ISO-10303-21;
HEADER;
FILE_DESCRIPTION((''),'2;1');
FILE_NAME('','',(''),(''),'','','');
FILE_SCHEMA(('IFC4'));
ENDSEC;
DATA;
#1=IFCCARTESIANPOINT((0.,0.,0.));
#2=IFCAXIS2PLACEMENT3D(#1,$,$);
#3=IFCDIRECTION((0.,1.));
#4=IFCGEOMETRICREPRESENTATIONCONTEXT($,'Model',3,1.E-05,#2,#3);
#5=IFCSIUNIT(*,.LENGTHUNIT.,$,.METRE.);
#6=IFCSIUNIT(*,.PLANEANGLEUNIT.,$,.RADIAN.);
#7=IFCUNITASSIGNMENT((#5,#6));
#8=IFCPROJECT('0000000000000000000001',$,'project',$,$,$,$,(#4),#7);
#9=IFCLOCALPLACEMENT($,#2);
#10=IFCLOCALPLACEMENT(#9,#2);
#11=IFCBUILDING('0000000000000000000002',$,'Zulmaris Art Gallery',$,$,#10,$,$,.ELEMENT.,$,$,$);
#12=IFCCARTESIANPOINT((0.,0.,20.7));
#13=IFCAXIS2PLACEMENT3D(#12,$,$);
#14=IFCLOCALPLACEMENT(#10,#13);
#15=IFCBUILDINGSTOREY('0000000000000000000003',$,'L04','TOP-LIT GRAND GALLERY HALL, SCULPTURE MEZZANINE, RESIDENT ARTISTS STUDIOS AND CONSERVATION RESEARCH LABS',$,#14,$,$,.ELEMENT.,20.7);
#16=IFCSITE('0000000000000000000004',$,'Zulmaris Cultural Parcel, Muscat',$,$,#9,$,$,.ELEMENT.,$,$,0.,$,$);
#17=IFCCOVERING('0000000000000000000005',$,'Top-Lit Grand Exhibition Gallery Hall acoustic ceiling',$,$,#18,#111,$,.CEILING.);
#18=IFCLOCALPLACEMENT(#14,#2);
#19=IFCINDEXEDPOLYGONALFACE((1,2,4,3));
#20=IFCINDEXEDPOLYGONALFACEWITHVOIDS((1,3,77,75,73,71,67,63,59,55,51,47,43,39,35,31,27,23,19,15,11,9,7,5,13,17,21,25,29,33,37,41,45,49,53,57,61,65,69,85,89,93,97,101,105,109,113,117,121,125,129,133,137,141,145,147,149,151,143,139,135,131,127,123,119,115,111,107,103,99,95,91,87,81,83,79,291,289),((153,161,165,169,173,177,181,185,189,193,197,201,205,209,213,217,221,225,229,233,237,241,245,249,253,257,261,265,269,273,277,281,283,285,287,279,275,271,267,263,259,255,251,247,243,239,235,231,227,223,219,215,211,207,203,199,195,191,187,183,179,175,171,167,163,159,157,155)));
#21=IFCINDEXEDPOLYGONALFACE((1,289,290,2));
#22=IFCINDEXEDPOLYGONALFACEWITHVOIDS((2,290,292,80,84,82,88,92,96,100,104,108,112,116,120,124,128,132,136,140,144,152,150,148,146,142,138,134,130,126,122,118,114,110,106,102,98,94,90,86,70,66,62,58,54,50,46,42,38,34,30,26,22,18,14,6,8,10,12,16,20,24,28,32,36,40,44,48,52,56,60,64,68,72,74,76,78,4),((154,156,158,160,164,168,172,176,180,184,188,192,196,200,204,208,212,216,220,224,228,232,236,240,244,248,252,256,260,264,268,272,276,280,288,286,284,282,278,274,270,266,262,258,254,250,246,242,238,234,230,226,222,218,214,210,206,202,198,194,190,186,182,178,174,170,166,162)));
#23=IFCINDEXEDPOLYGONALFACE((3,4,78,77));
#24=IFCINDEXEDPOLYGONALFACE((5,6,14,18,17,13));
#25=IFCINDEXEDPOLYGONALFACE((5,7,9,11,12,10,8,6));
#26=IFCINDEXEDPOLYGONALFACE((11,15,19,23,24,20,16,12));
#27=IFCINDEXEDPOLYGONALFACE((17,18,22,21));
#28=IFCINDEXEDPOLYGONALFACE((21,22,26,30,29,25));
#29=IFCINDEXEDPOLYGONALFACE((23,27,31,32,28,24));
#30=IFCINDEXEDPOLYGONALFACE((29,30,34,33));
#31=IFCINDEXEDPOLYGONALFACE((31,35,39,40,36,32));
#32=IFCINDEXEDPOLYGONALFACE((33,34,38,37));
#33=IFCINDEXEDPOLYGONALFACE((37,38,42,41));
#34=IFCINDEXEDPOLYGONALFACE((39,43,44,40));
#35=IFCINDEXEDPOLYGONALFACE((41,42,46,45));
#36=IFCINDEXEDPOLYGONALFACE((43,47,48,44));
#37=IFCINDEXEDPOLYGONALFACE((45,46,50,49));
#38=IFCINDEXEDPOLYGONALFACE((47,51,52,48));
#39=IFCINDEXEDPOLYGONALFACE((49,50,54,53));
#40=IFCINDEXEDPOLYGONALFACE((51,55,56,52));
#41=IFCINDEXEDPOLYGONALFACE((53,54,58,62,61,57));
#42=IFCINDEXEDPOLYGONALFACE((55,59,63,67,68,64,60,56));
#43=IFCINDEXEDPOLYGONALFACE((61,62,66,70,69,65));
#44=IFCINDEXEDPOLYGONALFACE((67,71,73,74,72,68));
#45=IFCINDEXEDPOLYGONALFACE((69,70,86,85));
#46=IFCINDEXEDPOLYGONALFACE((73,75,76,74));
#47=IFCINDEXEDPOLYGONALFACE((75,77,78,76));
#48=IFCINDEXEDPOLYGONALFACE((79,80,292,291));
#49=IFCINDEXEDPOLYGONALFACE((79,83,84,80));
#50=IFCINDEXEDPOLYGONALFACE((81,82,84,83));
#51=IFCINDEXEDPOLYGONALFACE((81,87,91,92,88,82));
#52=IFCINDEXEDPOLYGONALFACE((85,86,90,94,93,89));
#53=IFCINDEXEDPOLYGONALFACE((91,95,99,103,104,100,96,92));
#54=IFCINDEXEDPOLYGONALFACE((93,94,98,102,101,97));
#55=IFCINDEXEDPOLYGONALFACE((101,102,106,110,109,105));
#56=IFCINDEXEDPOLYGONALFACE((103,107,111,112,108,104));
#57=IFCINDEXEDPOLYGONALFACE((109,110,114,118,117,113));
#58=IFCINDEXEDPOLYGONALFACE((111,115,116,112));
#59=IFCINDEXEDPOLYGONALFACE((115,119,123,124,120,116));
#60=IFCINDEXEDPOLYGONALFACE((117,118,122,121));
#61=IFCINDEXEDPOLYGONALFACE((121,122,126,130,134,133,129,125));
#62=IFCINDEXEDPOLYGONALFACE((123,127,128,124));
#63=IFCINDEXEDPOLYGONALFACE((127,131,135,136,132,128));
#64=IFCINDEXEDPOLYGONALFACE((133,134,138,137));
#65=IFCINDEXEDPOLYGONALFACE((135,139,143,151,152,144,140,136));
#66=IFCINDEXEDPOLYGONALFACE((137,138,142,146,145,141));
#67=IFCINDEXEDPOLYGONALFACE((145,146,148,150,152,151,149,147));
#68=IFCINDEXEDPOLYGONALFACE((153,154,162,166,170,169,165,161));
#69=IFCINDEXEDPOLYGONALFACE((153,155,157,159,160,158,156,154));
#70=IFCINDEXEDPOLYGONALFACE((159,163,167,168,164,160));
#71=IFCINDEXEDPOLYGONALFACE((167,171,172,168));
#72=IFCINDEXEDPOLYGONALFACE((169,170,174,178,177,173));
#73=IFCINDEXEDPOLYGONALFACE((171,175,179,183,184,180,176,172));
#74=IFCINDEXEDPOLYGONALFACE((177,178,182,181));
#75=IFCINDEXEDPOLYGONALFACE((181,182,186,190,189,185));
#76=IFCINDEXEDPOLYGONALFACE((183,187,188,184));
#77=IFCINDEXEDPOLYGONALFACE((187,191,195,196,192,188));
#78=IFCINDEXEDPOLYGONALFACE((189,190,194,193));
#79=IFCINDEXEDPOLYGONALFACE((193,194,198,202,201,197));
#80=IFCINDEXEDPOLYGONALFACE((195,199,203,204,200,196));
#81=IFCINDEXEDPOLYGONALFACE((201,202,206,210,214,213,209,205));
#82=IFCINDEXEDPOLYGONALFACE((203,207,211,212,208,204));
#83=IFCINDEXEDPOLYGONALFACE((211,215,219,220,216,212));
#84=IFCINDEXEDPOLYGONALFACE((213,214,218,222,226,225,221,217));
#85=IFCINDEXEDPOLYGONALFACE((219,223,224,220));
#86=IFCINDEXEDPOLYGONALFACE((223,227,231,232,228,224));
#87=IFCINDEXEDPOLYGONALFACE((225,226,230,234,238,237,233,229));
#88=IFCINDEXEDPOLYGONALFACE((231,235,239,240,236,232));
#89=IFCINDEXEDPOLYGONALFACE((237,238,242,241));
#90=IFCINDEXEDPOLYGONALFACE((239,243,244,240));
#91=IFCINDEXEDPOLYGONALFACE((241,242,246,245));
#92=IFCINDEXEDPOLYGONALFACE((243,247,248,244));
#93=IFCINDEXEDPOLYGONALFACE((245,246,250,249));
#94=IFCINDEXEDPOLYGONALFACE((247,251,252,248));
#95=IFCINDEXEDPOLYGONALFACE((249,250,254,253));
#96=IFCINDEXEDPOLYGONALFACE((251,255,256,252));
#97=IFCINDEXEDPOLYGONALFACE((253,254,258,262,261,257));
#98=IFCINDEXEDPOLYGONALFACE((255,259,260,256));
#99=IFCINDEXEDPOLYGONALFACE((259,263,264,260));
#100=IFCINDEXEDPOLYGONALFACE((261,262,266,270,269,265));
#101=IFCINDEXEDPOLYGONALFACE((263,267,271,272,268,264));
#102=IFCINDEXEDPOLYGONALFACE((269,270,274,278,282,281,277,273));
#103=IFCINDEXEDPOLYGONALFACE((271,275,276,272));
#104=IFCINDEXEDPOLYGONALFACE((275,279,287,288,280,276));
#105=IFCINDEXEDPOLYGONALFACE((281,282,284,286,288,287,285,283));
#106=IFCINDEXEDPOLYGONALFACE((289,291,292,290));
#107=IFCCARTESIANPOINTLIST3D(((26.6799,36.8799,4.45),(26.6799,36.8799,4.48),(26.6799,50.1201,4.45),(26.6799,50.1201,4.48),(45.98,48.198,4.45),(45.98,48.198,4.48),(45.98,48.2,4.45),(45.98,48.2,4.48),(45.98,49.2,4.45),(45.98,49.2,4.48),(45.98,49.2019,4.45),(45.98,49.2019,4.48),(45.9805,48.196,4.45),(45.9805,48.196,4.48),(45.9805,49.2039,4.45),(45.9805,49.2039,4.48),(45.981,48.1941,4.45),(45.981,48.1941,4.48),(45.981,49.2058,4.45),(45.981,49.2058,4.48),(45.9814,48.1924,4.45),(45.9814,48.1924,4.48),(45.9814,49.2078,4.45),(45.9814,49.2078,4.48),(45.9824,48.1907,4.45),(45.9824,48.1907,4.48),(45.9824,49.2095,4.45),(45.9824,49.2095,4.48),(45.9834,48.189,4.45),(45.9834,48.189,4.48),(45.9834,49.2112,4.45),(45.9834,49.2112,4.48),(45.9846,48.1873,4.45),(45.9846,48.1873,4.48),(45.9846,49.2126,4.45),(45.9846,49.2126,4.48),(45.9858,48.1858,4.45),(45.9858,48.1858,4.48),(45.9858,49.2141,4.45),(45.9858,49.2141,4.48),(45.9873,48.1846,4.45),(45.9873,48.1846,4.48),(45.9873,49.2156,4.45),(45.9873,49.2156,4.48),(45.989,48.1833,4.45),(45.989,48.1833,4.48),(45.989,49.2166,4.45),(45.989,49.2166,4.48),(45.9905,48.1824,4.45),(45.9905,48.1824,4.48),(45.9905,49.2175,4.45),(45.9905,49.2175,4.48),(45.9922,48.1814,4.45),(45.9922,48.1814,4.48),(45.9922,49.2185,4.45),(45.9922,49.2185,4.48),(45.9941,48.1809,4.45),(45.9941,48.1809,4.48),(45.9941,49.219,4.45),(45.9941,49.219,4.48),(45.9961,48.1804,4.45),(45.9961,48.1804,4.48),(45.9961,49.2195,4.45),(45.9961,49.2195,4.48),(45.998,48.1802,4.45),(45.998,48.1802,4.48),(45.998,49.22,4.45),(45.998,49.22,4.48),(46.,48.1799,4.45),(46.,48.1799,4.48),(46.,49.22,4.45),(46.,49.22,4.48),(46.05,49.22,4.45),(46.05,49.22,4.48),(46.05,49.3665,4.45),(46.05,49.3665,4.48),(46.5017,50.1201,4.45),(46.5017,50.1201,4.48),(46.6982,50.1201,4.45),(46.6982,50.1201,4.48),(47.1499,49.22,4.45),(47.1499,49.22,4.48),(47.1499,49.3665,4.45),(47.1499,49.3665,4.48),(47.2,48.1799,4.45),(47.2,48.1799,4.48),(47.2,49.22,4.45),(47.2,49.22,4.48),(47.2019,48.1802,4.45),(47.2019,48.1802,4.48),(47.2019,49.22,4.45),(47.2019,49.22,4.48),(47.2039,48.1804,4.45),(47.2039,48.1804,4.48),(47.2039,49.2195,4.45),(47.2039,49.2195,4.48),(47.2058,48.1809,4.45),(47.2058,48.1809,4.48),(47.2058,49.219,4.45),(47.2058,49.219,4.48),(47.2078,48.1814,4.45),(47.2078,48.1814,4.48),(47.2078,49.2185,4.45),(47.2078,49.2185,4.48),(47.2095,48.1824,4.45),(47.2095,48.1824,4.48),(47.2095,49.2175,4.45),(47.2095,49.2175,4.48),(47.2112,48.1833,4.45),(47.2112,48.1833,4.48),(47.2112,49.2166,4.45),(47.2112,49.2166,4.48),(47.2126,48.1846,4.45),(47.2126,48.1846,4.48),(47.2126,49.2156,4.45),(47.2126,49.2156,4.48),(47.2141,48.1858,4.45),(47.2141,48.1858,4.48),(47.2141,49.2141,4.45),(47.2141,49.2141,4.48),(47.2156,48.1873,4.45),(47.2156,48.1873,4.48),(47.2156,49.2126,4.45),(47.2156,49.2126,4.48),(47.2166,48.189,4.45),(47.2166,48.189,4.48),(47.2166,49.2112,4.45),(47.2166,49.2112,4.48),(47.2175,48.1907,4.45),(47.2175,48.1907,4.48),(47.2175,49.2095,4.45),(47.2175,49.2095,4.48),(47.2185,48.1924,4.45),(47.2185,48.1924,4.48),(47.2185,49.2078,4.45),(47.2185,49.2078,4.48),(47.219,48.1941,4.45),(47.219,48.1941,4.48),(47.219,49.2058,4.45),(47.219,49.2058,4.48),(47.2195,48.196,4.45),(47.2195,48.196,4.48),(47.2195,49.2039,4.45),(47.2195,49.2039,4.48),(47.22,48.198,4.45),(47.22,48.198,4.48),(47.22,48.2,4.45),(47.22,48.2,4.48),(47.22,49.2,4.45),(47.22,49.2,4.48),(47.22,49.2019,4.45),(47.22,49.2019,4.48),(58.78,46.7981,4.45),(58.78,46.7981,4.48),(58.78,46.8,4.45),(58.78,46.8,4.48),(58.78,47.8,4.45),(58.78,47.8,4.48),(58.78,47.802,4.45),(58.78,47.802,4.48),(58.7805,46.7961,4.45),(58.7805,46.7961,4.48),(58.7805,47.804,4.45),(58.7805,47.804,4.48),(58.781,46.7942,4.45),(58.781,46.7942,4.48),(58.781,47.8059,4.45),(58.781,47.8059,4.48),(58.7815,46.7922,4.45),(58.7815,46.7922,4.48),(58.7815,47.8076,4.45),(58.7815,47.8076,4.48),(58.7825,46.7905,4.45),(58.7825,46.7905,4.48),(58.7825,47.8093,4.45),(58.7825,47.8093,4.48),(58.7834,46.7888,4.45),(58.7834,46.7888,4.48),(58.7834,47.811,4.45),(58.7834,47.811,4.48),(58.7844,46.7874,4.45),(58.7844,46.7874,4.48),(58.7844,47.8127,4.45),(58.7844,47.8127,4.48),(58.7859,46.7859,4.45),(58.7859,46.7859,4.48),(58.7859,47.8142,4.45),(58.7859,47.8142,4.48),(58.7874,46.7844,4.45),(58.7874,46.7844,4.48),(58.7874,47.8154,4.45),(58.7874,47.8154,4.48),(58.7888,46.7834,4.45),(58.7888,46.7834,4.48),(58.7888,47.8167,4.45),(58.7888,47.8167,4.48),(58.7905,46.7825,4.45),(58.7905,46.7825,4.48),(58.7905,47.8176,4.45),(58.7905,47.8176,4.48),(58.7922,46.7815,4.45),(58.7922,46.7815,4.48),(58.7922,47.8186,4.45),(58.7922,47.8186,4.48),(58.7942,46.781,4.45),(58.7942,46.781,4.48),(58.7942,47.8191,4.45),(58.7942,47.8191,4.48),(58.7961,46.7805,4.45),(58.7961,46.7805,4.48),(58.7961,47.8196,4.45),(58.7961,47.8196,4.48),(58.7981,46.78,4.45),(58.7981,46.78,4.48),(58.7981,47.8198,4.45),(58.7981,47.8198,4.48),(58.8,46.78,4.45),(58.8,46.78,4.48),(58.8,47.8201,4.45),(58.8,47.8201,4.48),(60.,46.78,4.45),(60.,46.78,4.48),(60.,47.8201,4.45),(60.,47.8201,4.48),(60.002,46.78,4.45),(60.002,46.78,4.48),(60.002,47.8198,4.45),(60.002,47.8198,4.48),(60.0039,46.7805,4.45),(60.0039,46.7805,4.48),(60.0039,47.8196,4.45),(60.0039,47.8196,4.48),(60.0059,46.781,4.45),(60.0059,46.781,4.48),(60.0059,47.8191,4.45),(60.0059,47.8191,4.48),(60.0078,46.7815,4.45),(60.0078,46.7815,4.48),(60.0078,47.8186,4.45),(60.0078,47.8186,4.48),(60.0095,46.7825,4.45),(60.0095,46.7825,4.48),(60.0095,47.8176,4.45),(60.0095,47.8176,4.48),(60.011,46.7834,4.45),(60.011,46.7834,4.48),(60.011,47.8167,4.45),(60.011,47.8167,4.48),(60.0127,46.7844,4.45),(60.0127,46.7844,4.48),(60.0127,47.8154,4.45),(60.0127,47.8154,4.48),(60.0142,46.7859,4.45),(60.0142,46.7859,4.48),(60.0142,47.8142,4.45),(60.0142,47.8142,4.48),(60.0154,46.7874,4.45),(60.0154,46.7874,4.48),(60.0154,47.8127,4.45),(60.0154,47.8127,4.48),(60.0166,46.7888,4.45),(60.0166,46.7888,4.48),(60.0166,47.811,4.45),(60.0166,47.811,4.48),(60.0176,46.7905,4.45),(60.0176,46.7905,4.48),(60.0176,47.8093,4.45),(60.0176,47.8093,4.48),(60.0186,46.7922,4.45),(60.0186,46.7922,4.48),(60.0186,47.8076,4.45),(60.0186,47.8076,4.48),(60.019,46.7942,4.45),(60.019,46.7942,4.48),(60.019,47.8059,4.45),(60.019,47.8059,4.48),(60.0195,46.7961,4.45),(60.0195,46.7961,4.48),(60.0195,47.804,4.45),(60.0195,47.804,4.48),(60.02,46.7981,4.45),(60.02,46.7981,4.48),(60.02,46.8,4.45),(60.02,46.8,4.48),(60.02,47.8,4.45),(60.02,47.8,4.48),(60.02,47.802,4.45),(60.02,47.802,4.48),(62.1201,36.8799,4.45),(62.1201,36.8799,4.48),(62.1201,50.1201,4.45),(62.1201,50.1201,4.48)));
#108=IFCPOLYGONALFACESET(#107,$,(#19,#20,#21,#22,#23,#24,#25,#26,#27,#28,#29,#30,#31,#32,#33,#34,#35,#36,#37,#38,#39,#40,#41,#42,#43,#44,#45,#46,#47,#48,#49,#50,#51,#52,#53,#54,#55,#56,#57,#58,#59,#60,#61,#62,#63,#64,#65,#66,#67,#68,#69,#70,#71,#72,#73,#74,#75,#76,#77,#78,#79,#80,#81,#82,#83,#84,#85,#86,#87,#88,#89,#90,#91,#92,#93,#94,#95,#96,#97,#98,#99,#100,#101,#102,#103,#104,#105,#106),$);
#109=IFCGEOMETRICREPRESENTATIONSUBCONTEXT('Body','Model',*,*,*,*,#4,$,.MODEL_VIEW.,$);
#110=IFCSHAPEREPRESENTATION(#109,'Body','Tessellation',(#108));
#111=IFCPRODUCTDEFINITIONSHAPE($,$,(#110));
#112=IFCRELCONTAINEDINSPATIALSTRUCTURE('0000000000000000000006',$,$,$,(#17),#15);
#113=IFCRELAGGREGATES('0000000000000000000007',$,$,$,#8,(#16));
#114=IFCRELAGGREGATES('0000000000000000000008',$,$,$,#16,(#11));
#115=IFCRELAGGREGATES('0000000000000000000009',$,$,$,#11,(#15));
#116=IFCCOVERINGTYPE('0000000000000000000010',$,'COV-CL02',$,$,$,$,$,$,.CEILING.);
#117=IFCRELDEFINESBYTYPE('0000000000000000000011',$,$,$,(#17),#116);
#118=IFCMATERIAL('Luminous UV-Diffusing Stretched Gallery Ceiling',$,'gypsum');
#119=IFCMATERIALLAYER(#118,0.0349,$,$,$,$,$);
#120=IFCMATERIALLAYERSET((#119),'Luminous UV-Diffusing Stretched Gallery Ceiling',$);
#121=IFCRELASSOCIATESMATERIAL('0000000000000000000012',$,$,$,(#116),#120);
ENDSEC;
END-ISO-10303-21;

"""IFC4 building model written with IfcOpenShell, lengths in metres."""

from ifc_helpers import new_model, si_unit, direction, frame, origin, place, context, subcontext, project, spatial, polyline, outline, extrude, material, layer, layer_set, type_object, element, save


model = new_model("IFC4")

# Units and contexts
model_context = context("Model", 3, precision=1e-05, world=origin(), true_north=direction((0.0, 1.0)))
body_context = subcontext(model_context, "Body", "Model", "MODEL_VIEW")
ifc_project = project(units=[si_unit("LENGTHUNIT", "METRE"), si_unit("PLANEANGLEUNIT", "RADIAN")], contexts=[model_context])

# Site, building, storey
site_placement = place(None, origin())
site = spatial("IfcSite", under=ifc_project, at=site_placement, Name="Zulmaris Cultural Parcel, Muscat", CompositionType="ELEMENT", RefElevation=0.0)
building_placement = place(site_placement, origin())
building = spatial("IfcBuilding", under=site, at=building_placement, Name="Zulmaris Art Gallery", CompositionType="ELEMENT")
storey_placement = place(building_placement, frame((0.0, 0.0, 20.7)))
storey = spatial("IfcBuildingStorey", under=building, at=storey_placement, Name="L04", Description="TOP-LIT GRAND GALLERY HALL, SCULPTURE MEZZANINE, RESIDENT ARTISTS STUDIOS AND CONSERVATION RESEARCH LABS", CompositionType="ELEMENT", Elevation=20.7)

# Covering
ifc_material_1 = material(Name="Luminous UV-Diffusing Stretched Gallery Ceiling", Category="gypsum")
ifc_layer_1 = layer(ifc_material_1, 0.0349)
ifc_layer_set_1 = layer_set([ifc_layer_1], Name="Luminous UV-Diffusing Stretched Gallery Ceiling")
covering_type_1 = type_object("IfcCoveringType", Name="COV-CL02", PredefinedType="CEILING", material=ifc_layer_set_1)
covering_1_placement = place(storey_placement, frame((0.0, 0.0, 4.45)))
element("IfcCovering", 1, at=covering_1_placement, inside=storey, type_object=covering_type_1, Name="Top-Lit Grand Exhibition Gallery Hall acoustic ceiling", PredefinedType="CEILING", context=body_context, shape_type="SweptSolid", body=[
    extrude(outline(polyline([(47.1499, 49.3665), (46.6982, 50.1201), (62.1201, 50.1201), (62.1201, 36.8799), (26.6799, 36.8799), (26.6799, 50.1201), (46.5017, 50.1201), (46.05, 49.3665), (46.05, 49.22), (46.0, 49.22), (45.998, 49.22), (45.9961, 49.2195), (45.9941, 49.219), (45.9922, 49.2185), (45.9905, 49.2175), (45.989, 49.2166), (45.9873, 49.2156), (45.9858, 49.2141), (45.9846, 49.2126), (45.9834, 49.2112), (45.9824, 49.2095), (45.9814, 49.2078), (45.981, 49.2058), (45.9805, 49.2039), (45.98, 49.2019), (45.98, 49.2), (45.98, 48.2), (45.98, 48.198), (45.9805, 48.196), (45.981, 48.1941), (45.9814, 48.1924), (45.9824, 48.1907), (45.9834, 48.189), (45.9846, 48.1873), (45.9858, 48.1858), (45.9873, 48.1846), (45.989, 48.1833), (45.9905, 48.1824), (45.9922, 48.1814), (45.9941, 48.1809), (45.9961, 48.1804), (45.998, 48.1802), (46.0, 48.1799), (47.2, 48.1799), (47.2019, 48.1802), (47.2039, 48.1804), (47.2058, 48.1809), (47.2078, 48.1814), (47.2095, 48.1824), (47.2112, 48.1833), (47.2126, 48.1846), (47.2141, 48.1858), (47.2156, 48.1873), (47.2166, 48.189), (47.2175, 48.1907), (47.2185, 48.1924), (47.219, 48.1941), (47.2195, 48.196), (47.22, 48.198), (47.22, 48.2), (47.22, 49.2), (47.22, 49.2019), (47.2195, 49.2039), (47.219, 49.2058), (47.2185, 49.2078), (47.2175, 49.2095), (47.2166, 49.2112), (47.2156, 49.2126), (47.2141, 49.2141), (47.2126, 49.2156), (47.2112, 49.2166), (47.2095, 49.2175), (47.2078, 49.2185), (47.2058, 49.219), (47.2039, 49.2195), (47.2019, 49.22), (47.2, 49.22), (47.1499, 49.22), (47.1499, 49.3665)]), holes=[polyline([(58.78, 46.7981), (58.7805, 46.7961), (58.781, 46.7942), (58.7815, 46.7922), (58.7825, 46.7905), (58.7834, 46.7888), (58.7844, 46.7874), (58.7859, 46.7859), (58.7874, 46.7844), (58.7888, 46.7834), (58.7905, 46.7825), (58.7922, 46.7815), (58.7942, 46.781), (58.7961, 46.7805), (58.7981, 46.78), (58.8, 46.78), (60.0, 46.78), (60.002, 46.78), (60.0039, 46.7805), (60.0059, 46.781), (60.0078, 46.7815), (60.0095, 46.7825), (60.011, 46.7834), (60.0127, 46.7844), (60.0142, 46.7859), (60.0154, 46.7874), (60.0166, 46.7888), (60.0176, 46.7905), (60.0186, 46.7922), (60.019, 46.7942), (60.0195, 46.7961), (60.02, 46.7981), (60.02, 46.8), (60.02, 47.8), (60.02, 47.802), (60.0195, 47.804), (60.019, 47.8059), (60.0186, 47.8076), (60.0176, 47.8093), (60.0166, 47.811), (60.0154, 47.8127), (60.0142, 47.8142), (60.0127, 47.8154), (60.011, 47.8167), (60.0095, 47.8176), (60.0078, 47.8186), (60.0059, 47.8191), (60.0039, 47.8196), (60.002, 47.8198), (60.0, 47.8201), (58.8, 47.8201), (58.7981, 47.8198), (58.7961, 47.8196), (58.7942, 47.8191), (58.7922, 47.8186), (58.7905, 47.8176), (58.7888, 47.8167), (58.7874, 47.8154), (58.7859, 47.8142), (58.7844, 47.8127), (58.7834, 47.811), (58.7825, 47.8093), (58.7815, 47.8076), (58.781, 47.8059), (58.7805, 47.804), (58.78, 47.802), (58.78, 47.8), (58.78, 46.8), (58.78, 46.7981)])]), origin(), (0.0, 0.0, 1.0), 0.03),
])

save(model, "model.ifc")
